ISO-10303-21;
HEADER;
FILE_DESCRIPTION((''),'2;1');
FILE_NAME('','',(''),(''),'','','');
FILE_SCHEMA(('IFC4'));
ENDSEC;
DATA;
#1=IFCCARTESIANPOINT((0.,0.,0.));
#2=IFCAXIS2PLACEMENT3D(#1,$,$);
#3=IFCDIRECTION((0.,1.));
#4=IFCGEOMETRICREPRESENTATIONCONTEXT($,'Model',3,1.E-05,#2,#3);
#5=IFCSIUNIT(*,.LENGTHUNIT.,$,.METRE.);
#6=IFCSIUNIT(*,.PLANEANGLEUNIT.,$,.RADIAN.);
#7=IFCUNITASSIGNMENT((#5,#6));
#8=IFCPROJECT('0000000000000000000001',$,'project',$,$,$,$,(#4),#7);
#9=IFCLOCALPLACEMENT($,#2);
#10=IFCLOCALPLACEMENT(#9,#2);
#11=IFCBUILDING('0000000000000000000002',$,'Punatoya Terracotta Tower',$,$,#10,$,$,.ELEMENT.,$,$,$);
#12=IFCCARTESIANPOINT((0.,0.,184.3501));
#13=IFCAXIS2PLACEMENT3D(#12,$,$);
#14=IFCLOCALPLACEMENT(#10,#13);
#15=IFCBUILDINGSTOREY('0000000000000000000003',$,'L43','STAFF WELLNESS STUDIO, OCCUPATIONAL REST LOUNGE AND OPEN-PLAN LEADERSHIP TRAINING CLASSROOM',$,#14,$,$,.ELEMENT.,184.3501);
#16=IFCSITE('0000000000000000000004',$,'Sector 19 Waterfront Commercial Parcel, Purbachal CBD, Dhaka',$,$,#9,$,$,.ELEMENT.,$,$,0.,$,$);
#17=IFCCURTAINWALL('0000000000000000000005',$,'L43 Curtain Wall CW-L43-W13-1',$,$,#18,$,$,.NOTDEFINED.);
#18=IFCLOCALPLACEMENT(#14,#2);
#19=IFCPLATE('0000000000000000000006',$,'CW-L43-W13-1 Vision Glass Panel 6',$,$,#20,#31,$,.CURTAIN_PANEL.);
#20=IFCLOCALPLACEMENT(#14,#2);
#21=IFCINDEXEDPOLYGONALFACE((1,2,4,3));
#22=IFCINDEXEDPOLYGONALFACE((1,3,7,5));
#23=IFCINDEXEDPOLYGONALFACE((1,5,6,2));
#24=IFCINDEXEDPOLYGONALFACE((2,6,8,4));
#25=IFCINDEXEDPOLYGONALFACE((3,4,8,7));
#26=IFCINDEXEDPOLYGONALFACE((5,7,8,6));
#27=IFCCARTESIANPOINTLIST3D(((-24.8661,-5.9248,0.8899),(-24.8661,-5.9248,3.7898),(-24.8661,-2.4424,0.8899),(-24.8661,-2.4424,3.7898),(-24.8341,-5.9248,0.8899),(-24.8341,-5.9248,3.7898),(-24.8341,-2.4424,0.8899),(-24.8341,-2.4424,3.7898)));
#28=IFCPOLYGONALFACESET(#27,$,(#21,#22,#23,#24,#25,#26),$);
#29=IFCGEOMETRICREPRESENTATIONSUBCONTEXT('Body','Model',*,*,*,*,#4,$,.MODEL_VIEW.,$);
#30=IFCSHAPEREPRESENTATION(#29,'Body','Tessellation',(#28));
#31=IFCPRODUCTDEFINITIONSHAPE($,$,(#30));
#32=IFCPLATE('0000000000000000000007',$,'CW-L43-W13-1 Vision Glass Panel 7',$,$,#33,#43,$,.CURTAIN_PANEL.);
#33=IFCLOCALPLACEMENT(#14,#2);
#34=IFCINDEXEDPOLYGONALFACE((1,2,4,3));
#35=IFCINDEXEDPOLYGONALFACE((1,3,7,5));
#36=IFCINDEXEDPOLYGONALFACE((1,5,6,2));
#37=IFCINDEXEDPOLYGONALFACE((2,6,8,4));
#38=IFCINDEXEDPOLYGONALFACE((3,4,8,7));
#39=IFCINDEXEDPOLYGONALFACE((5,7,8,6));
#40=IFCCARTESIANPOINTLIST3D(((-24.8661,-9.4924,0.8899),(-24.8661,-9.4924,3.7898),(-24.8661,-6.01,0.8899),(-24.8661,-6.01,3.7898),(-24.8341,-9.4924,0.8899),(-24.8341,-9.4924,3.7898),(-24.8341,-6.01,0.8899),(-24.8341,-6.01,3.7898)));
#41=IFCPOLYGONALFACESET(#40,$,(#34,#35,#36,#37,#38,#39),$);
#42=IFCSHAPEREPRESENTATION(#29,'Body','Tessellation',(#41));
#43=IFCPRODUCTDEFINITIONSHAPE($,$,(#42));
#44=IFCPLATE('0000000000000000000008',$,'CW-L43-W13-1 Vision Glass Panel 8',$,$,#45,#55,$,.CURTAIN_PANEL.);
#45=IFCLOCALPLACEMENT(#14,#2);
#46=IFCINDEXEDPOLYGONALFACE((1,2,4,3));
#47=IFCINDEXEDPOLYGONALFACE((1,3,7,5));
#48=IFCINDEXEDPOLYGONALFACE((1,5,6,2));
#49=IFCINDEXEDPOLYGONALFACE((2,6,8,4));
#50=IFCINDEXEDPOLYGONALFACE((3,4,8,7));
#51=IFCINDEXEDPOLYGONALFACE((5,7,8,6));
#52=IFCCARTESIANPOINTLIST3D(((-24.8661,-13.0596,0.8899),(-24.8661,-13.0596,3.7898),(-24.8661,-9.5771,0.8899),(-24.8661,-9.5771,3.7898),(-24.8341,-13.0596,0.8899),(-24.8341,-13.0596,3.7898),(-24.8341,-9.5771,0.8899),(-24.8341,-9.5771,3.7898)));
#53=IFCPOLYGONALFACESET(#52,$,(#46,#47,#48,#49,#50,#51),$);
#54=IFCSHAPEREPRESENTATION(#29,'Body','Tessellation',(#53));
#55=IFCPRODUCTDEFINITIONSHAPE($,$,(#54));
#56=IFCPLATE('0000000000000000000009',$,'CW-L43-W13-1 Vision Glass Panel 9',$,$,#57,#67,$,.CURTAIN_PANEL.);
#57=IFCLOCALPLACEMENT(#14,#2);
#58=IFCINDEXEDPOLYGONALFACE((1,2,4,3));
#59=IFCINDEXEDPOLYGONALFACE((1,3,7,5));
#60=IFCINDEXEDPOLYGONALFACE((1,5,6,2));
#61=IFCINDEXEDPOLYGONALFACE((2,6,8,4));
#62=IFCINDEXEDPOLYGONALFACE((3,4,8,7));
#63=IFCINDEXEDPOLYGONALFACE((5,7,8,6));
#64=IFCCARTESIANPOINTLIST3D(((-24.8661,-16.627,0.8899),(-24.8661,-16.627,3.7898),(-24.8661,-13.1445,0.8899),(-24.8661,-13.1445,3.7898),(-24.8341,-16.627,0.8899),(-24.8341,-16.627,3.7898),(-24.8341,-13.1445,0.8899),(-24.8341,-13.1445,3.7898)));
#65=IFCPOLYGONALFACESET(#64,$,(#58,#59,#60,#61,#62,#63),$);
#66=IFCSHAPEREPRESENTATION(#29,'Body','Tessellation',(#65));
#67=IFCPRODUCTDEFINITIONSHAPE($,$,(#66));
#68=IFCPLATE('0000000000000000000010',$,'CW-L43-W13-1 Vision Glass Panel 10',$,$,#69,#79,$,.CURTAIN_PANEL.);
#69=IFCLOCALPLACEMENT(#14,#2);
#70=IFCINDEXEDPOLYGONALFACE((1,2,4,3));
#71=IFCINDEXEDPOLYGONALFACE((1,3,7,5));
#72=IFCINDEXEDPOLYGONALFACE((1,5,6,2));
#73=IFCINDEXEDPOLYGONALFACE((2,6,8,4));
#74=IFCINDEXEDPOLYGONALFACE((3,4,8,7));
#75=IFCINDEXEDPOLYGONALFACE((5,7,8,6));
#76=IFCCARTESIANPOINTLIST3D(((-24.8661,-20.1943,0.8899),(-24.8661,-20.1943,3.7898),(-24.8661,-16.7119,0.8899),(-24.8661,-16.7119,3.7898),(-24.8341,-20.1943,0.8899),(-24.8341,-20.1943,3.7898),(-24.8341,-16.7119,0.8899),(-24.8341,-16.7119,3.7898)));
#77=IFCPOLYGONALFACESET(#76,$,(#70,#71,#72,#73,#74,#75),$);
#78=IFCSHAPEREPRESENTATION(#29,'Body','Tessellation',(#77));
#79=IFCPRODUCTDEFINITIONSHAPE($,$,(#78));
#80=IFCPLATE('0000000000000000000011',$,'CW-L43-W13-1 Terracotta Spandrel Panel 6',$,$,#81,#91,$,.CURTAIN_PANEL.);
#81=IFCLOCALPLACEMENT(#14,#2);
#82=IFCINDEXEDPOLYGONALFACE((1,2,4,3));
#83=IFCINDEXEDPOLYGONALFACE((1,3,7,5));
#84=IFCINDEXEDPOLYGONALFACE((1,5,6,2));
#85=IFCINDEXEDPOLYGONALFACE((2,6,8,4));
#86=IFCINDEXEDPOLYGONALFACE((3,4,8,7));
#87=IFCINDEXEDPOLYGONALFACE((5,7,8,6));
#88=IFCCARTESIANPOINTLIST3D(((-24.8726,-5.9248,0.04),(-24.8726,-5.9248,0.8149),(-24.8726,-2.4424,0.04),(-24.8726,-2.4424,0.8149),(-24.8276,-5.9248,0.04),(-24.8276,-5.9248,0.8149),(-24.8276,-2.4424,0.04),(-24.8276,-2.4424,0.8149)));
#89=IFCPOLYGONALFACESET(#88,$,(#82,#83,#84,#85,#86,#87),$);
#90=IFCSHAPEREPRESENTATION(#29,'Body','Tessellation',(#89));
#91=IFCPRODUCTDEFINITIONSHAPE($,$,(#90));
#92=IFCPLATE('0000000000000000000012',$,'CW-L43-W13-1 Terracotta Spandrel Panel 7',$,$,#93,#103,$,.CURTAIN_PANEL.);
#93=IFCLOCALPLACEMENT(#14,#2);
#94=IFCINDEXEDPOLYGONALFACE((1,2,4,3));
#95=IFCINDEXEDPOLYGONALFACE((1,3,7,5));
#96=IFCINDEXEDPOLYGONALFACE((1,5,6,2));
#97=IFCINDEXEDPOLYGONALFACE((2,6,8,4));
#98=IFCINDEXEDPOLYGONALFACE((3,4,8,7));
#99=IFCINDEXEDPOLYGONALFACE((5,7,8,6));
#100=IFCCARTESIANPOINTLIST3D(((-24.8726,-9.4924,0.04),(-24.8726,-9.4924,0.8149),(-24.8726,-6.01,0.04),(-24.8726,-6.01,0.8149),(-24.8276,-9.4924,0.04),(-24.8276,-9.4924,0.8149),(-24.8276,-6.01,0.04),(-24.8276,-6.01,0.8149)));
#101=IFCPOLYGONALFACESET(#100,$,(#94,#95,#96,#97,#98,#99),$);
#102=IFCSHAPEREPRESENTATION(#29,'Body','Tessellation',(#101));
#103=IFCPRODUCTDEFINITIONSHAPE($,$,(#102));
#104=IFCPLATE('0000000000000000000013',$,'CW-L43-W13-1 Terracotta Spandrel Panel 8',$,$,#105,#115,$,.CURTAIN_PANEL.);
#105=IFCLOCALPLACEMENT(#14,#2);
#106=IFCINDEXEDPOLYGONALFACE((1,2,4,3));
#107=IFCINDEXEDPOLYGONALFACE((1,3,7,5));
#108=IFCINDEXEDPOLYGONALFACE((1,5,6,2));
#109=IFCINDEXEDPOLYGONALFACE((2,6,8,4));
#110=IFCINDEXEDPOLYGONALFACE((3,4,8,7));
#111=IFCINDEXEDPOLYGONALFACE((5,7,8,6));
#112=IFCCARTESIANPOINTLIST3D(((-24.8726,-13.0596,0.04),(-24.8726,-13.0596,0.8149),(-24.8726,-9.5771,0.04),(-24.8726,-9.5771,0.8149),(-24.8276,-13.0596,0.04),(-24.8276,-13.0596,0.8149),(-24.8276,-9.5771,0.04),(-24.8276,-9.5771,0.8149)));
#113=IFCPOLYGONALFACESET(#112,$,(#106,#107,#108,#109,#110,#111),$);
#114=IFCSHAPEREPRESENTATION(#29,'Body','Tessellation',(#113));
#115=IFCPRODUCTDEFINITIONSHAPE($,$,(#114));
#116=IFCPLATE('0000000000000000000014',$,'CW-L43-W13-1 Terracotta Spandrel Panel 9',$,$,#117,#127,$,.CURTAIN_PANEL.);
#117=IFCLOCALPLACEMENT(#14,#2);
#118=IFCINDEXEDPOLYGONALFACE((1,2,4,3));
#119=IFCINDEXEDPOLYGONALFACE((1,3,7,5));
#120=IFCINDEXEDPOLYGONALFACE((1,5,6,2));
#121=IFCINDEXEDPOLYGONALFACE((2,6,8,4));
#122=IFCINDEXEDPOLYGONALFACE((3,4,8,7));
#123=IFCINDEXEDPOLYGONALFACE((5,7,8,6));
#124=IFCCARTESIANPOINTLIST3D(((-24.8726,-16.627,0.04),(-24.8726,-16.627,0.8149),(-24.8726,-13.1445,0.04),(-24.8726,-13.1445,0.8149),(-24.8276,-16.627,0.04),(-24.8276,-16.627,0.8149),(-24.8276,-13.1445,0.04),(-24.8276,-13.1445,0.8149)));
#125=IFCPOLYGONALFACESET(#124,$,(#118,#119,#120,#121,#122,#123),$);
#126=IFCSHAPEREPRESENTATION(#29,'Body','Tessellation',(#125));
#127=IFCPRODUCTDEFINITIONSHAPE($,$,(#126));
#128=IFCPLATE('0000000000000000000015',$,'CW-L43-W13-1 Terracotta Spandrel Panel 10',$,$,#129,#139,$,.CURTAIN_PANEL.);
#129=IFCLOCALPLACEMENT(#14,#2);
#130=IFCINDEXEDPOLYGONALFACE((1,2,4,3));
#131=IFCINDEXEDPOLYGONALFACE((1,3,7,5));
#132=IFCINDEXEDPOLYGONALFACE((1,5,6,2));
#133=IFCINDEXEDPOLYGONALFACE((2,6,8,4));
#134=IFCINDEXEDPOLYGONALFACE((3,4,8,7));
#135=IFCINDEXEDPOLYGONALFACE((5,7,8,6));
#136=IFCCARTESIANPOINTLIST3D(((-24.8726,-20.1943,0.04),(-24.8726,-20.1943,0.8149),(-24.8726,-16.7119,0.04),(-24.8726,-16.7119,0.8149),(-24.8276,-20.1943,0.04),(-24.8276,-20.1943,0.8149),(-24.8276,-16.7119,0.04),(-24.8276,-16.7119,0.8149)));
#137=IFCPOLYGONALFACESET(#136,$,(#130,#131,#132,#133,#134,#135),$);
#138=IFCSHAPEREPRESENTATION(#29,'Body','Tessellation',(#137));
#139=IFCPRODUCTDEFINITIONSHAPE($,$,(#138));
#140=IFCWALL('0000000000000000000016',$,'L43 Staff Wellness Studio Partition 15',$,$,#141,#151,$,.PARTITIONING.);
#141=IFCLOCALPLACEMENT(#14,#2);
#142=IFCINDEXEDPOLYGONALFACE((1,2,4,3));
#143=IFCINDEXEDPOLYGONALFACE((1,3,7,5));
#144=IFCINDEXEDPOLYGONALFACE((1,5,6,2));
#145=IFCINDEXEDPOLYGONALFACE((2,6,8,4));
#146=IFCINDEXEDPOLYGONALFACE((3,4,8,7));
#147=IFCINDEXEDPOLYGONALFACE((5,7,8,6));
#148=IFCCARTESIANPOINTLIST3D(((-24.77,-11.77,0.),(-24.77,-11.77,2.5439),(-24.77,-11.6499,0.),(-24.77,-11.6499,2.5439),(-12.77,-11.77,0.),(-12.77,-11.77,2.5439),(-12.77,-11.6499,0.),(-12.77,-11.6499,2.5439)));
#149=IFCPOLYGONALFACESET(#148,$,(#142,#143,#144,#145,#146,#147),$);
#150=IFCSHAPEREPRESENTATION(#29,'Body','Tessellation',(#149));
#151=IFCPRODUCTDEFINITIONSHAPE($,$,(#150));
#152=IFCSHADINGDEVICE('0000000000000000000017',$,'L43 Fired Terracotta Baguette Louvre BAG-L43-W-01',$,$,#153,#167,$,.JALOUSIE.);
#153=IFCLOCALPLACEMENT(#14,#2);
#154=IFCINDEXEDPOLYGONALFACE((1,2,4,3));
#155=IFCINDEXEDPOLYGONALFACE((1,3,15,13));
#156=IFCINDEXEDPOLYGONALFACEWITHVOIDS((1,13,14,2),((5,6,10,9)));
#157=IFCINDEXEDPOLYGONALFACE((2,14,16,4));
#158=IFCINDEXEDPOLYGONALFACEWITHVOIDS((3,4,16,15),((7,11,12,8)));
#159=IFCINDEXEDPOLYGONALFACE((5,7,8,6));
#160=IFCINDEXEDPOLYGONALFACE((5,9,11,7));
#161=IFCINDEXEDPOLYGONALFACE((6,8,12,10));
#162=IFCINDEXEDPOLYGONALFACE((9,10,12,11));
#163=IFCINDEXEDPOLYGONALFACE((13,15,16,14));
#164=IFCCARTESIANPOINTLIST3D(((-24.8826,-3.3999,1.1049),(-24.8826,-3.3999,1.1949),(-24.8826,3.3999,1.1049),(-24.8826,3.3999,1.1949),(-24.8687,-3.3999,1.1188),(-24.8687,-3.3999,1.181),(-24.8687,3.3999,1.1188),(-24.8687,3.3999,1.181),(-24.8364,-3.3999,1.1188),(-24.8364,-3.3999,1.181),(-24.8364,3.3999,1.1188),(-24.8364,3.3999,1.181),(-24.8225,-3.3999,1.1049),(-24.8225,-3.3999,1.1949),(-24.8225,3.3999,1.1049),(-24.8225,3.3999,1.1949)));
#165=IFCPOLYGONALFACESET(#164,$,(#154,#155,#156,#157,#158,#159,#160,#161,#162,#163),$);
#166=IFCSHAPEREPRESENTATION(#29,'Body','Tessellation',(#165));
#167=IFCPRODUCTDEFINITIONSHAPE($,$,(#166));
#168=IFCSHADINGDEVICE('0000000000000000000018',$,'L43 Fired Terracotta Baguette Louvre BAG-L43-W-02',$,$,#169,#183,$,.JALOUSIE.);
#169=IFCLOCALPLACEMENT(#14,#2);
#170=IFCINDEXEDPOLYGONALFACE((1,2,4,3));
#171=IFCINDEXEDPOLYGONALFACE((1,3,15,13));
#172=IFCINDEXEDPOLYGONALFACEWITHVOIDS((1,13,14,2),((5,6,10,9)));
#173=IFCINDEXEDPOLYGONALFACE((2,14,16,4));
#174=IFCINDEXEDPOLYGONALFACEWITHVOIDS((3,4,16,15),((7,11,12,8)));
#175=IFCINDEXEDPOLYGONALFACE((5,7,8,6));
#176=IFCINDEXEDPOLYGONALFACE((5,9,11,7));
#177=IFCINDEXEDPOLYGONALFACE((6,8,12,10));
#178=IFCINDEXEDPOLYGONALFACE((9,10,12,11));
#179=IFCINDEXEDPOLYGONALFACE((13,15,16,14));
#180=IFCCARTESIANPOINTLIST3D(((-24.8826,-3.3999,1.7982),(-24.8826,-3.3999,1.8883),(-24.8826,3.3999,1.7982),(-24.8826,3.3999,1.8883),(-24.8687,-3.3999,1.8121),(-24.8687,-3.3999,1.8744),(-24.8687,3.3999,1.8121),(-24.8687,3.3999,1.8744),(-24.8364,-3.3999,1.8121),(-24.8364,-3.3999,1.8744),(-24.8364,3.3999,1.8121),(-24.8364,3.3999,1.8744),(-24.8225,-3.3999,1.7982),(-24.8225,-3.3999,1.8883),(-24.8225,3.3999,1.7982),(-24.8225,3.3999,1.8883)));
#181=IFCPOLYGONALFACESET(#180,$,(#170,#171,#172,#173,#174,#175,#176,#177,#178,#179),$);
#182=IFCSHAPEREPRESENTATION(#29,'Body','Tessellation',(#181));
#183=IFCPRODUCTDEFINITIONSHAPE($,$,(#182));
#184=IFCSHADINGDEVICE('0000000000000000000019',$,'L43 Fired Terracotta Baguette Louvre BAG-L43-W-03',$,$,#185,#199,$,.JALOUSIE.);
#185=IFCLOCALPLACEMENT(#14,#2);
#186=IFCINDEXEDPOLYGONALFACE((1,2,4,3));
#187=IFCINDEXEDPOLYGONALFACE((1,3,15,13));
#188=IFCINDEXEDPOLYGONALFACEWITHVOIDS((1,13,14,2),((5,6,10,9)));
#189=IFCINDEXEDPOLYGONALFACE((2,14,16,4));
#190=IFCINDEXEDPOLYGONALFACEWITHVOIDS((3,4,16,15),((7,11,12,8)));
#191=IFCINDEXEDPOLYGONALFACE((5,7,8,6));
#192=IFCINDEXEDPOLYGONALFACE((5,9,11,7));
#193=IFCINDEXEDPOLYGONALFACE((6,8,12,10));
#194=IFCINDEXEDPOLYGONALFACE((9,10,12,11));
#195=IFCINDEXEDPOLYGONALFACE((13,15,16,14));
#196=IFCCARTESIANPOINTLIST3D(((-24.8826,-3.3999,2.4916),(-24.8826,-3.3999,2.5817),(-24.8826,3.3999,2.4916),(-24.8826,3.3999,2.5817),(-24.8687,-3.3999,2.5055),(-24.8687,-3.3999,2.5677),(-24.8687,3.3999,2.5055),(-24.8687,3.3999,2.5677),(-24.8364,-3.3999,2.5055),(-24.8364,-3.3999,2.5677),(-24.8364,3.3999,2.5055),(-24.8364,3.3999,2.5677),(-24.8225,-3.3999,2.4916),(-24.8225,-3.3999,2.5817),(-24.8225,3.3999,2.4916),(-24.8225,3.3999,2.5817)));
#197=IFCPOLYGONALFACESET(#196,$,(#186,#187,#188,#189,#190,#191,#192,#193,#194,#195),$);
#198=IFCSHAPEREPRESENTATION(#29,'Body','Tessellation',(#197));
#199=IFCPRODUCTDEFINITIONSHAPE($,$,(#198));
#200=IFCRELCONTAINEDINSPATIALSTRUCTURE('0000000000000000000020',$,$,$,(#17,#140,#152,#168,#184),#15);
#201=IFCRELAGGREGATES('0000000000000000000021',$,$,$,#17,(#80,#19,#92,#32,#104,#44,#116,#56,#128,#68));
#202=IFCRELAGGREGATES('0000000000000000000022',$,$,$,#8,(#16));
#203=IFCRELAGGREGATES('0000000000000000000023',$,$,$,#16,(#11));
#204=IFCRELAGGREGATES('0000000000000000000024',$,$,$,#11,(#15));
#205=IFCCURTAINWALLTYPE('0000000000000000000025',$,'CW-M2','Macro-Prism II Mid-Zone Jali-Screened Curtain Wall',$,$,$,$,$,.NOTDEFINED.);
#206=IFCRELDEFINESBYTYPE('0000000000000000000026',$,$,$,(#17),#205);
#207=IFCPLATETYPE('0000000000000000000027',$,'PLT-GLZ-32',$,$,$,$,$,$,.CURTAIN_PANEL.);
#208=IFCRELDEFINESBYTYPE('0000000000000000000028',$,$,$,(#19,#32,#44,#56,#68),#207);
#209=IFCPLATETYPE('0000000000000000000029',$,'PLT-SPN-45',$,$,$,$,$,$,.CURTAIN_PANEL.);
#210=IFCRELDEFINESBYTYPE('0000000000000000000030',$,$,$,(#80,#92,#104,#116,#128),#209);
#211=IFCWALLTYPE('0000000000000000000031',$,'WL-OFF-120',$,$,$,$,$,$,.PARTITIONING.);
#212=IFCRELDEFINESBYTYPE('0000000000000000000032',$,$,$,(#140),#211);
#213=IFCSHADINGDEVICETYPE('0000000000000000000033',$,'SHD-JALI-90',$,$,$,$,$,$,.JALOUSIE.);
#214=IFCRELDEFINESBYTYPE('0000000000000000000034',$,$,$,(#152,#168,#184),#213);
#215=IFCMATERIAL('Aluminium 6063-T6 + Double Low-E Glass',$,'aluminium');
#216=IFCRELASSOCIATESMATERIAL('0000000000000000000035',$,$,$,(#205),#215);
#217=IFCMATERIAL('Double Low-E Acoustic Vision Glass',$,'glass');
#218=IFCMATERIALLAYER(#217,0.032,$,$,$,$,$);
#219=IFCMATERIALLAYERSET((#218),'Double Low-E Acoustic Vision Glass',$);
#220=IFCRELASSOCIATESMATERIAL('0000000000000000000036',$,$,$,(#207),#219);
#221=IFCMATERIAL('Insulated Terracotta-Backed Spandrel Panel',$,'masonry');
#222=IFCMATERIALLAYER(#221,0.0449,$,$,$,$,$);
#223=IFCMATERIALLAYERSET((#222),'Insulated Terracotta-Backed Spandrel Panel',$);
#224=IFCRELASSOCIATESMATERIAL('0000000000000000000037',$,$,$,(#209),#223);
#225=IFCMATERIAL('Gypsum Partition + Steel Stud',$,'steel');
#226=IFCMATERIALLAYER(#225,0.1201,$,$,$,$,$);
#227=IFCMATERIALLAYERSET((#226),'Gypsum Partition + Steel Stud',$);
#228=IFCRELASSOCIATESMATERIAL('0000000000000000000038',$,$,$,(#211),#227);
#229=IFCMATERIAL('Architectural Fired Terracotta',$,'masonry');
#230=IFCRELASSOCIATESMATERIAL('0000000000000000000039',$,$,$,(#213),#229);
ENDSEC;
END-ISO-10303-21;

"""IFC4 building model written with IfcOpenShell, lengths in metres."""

from ifc_helpers import new_model, si_unit, direction, frame, frame_2d, origin, origin_2d, place, context, subcontext, project, spatial, rectangle, hollow_rectangle, extrude, material, layer, layer_set, material_profile, profile_set, type_object, element, aggregate, save


model = new_model("IFC4")

# Units and contexts
model_context = context("Model", 3, precision=1e-05, world=origin(), true_north=direction((0.0, 1.0)))
body_context = subcontext(model_context, "Body", "Model", "MODEL_VIEW")
ifc_project = project(units=[si_unit("LENGTHUNIT", "METRE"), si_unit("PLANEANGLEUNIT", "RADIAN")], contexts=[model_context])

# Site, building, storey
site_placement = place(None, origin())
site = spatial("IfcSite", under=ifc_project, at=site_placement, Name="Sector 19 Waterfront Commercial Parcel, Purbachal CBD, Dhaka", CompositionType="ELEMENT", RefElevation=0.0)
building_placement = place(site_placement, origin())
building = spatial("IfcBuilding", under=site, at=building_placement, Name="Punatoya Terracotta Tower", CompositionType="ELEMENT")
storey_placement = place(building_placement, frame((0.0, 0.0, 184.3501)))
storey = spatial("IfcBuildingStorey", under=building, at=storey_placement, Name="L43", Description="STAFF WELLNESS STUDIO, OCCUPATIONAL REST LOUNGE AND OPEN-PLAN LEADERSHIP TRAINING CLASSROOM", CompositionType="ELEMENT", Elevation=184.3501)

# Curtain wall, plates
ifc_material_1 = material(Name="Aluminium 6063-T6 + Double Low-E Glass", Category="aluminium")
curtain_wall_type = type_object("IfcCurtainWallType", Name="CW-M2", Description="Macro-Prism II Mid-Zone Jali-Screened Curtain Wall", PredefinedType="NOTDEFINED", material=ifc_material_1)
curtain_wall_placement = place(storey_placement, origin())
curtain_wall = element("IfcCurtainWall", 1, at=curtain_wall_placement, inside=storey, type_object=curtain_wall_type, Name="L43 Curtain Wall CW-L43-W13-1", PredefinedType="NOTDEFINED")
ifc_material_2 = material(Name="Double Low-E Acoustic Vision Glass", Category="glass")
ifc_layer_1 = layer(ifc_material_2, 0.032)
ifc_layer_set_1 = layer_set([ifc_layer_1], Name="Double Low-E Acoustic Vision Glass")
plate_type_1 = type_object("IfcPlateType", Name="PLT-GLZ-32", PredefinedType="CURTAIN_PANEL", material=ifc_layer_set_1)
plate_1_placement = place(storey_placement, frame((-24.8501, -4.1836, 0.8899), z_axis=(0.0, 0.0, 1.0), x_axis=(0.0, -1.0, 0.0)))
plate_1 = element("IfcPlate", 2, at=plate_1_placement, type_object=plate_type_1, Name="CW-L43-W13-1 Vision Glass Panel 6", PredefinedType="CURTAIN_PANEL", context=body_context, shape_type="SweptSolid", body=[
    extrude(rectangle(XDim=3.4824, YDim=0.032, at=origin_2d()), origin(), (0.0, 0.0, 1.0), 2.8999),
])
plate_2_placement = place(storey_placement, frame((-24.8501, -7.7512, 0.8899), z_axis=(0.0, 0.0, 1.0), x_axis=(0.0, -1.0, 0.0)))
plate_2 = element("IfcPlate", 3, at=plate_2_placement, type_object=plate_type_1, Name="CW-L43-W13-1 Vision Glass Panel 7", PredefinedType="CURTAIN_PANEL", context=body_context, shape_type="SweptSolid", body=[
    extrude(rectangle(XDim=3.4824, YDim=0.032, at=origin_2d()), origin(), (0.0, 0.0, 1.0), 2.8999),
])
plate_3_placement = place(storey_placement, frame((-24.8501, -11.3184, 0.8899), z_axis=(0.0, 0.0, 1.0), x_axis=(0.0, -1.0, 0.0)))
plate_3 = element("IfcPlate", 4, at=plate_3_placement, type_object=plate_type_1, Name="CW-L43-W13-1 Vision Glass Panel 8", PredefinedType="CURTAIN_PANEL", context=body_context, shape_type="SweptSolid", body=[
    extrude(rectangle(XDim=3.4824, YDim=0.032, at=origin_2d()), origin(), (0.0, 0.0, 1.0), 2.8999),
])
plate_4_placement = place(storey_placement, frame((-24.8501, -14.8857, 0.8899), z_axis=(0.0, 0.0, 1.0), x_axis=(0.0, -1.0, 0.0)))
plate_4 = element("IfcPlate", 5, at=plate_4_placement, type_object=plate_type_1, Name="CW-L43-W13-1 Vision Glass Panel 9", PredefinedType="CURTAIN_PANEL", context=body_context, shape_type="SweptSolid", body=[
    extrude(rectangle(XDim=3.4824, YDim=0.032, at=origin_2d()), origin(), (0.0, 0.0, 1.0), 2.8999),
])
plate_5_placement = place(storey_placement, frame((-24.8501, -18.4531, 0.8899), z_axis=(0.0, 0.0, 1.0), x_axis=(0.0, -1.0, 0.0)))
plate_5 = element("IfcPlate", 6, at=plate_5_placement, type_object=plate_type_1, Name="CW-L43-W13-1 Vision Glass Panel 10", PredefinedType="CURTAIN_PANEL", context=body_context, shape_type="SweptSolid", body=[
    extrude(rectangle(XDim=3.4824, YDim=0.032, at=origin_2d()), origin(), (0.0, 0.0, 1.0), 2.8999),
])
ifc_material_3 = material(Name="Insulated Terracotta-Backed Spandrel Panel", Category="masonry")
ifc_layer_2 = layer(ifc_material_3, 0.0449)
ifc_layer_set_2 = layer_set([ifc_layer_2], Name="Insulated Terracotta-Backed Spandrel Panel")
plate_type_2 = type_object("IfcPlateType", Name="PLT-SPN-45", PredefinedType="CURTAIN_PANEL", material=ifc_layer_set_2)
plate_6_placement = place(storey_placement, frame((-24.8501, -4.1836, 0.04), z_axis=(0.0, 0.0, 1.0), x_axis=(0.0, -1.0, 0.0)))
plate_6 = element("IfcPlate", 7, at=plate_6_placement, type_object=plate_type_2, Name="CW-L43-W13-1 Terracotta Spandrel Panel 6", PredefinedType="CURTAIN_PANEL", context=body_context, shape_type="SweptSolid", body=[
    extrude(rectangle(XDim=3.4824, YDim=0.0449, at=origin_2d()), origin(), (0.0, 0.0, 1.0), 0.7749),
])
plate_7_placement = place(storey_placement, frame((-24.8501, -7.7512, 0.04), z_axis=(0.0, 0.0, 1.0), x_axis=(0.0, -1.0, 0.0)))
plate_7 = element("IfcPlate", 8, at=plate_7_placement, type_object=plate_type_2, Name="CW-L43-W13-1 Terracotta Spandrel Panel 7", PredefinedType="CURTAIN_PANEL", context=body_context, shape_type="SweptSolid", body=[
    extrude(rectangle(XDim=3.4824, YDim=0.0449, at=origin_2d()), origin(), (0.0, 0.0, 1.0), 0.7749),
])
plate_8_placement = place(storey_placement, frame((-24.8501, -11.3184, 0.04), z_axis=(0.0, 0.0, 1.0), x_axis=(0.0, -1.0, 0.0)))
plate_8 = element("IfcPlate", 9, at=plate_8_placement, type_object=plate_type_2, Name="CW-L43-W13-1 Terracotta Spandrel Panel 8", PredefinedType="CURTAIN_PANEL", context=body_context, shape_type="SweptSolid", body=[
    extrude(rectangle(XDim=3.4824, YDim=0.0449, at=origin_2d()), origin(), (0.0, 0.0, 1.0), 0.7749),
])
plate_9_placement = place(storey_placement, frame((-24.8501, -14.8857, 0.04), z_axis=(0.0, 0.0, 1.0), x_axis=(0.0, -1.0, 0.0)))
plate_9 = element("IfcPlate", 10, at=plate_9_placement, type_object=plate_type_2, Name="CW-L43-W13-1 Terracotta Spandrel Panel 9", PredefinedType="CURTAIN_PANEL", context=body_context, shape_type="SweptSolid", body=[
    extrude(rectangle(XDim=3.4824, YDim=0.0449, at=origin_2d()), origin(), (0.0, 0.0, 1.0), 0.7749),
])
plate_10_placement = place(storey_placement, frame((-24.8501, -18.4531, 0.04), z_axis=(0.0, 0.0, 1.0), x_axis=(0.0, -1.0, 0.0)))
plate_10 = element("IfcPlate", 11, at=plate_10_placement, type_object=plate_type_2, Name="CW-L43-W13-1 Terracotta Spandrel Panel 10", PredefinedType="CURTAIN_PANEL", context=body_context, shape_type="SweptSolid", body=[
    extrude(rectangle(XDim=3.4824, YDim=0.0449, at=origin_2d()), origin(), (0.0, 0.0, 1.0), 0.7749),
])
aggregate(curtain_wall, [plate_6, plate_1, plate_7, plate_2, plate_8, plate_3, plate_9, plate_4, plate_10, plate_5])

# Wall
ifc_material_4 = material(Name="Gypsum Partition + Steel Stud", Category="steel")
ifc_layer_3 = layer(ifc_material_4, 0.1201)
ifc_layer_set_3 = layer_set([ifc_layer_3], Name="Gypsum Partition + Steel Stud")
wall_type = type_object("IfcWallType", Name="WL-OFF-120", PredefinedType="PARTITIONING", material=ifc_layer_set_3)
wall_placement = place(storey_placement, frame((-24.77, -11.71, 0.0), z_axis=(0.0, 0.0, 1.0), x_axis=(1.0, 0.0, 0.0)))
element("IfcWall", 12, at=wall_placement, inside=storey, type_object=wall_type, Name="L43 Staff Wellness Studio Partition 15", PredefinedType="PARTITIONING", context=body_context, shape_type="SweptSolid", body=[
    extrude(rectangle(XDim=12.0, YDim=0.1201, at=frame_2d((6.0, 0.0))), origin(), (0.0, 0.0, 1.0), 2.5439),
])

# Shading devices
ifc_material_5 = material(Name="Architectural Fired Terracotta", Category="masonry")
ifc_material_profile_1 = material_profile(ifc_material_5, hollow_rectangle(XDim=0.0601, YDim=0.0901, WallThickness=0.0139, at=origin_2d()))
ifc_profile_set_1 = profile_set([ifc_material_profile_1], Name="Architectural Fired Terracotta")
shading_device_type = type_object("IfcShadingDeviceType", Name="SHD-JALI-90", PredefinedType="JALOUSIE", material=ifc_profile_set_1)
for number, where, z_axis, x_axis, name in (
    (13, (-24.8525, -3.3999, 1.1499), (0.0, 1.0, 0.0), (-1.0, 0.0, 0.0), "L43 Fired Terracotta Baguette Louvre BAG-L43-W-01"),
    (14, (-24.8525, -3.3999, 1.8433), (0.0, 1.0, 0.0), (-1.0, 0.0, 0.0), "L43 Fired Terracotta Baguette Louvre BAG-L43-W-02"),
    (15, (-24.8525, -3.3999, 2.5366), (0.0, 1.0, 0.0), (-1.0, 0.0, 0.0), "L43 Fired Terracotta Baguette Louvre BAG-L43-W-03"),
):
    element("IfcShadingDevice", number, at=place(storey_placement, frame(where, z_axis=z_axis, x_axis=x_axis)), inside=storey, type_object=shading_device_type, Name=name, PredefinedType="JALOUSIE", context=body_context, shape_type="SweptSolid", body=[
        extrude(hollow_rectangle(XDim=0.0601, YDim=0.0901, WallThickness=0.0139, at=origin_2d()), origin(), (0.0, 0.0, 1.0), 6.7998),
    ])

save(model, "model.ifc")
